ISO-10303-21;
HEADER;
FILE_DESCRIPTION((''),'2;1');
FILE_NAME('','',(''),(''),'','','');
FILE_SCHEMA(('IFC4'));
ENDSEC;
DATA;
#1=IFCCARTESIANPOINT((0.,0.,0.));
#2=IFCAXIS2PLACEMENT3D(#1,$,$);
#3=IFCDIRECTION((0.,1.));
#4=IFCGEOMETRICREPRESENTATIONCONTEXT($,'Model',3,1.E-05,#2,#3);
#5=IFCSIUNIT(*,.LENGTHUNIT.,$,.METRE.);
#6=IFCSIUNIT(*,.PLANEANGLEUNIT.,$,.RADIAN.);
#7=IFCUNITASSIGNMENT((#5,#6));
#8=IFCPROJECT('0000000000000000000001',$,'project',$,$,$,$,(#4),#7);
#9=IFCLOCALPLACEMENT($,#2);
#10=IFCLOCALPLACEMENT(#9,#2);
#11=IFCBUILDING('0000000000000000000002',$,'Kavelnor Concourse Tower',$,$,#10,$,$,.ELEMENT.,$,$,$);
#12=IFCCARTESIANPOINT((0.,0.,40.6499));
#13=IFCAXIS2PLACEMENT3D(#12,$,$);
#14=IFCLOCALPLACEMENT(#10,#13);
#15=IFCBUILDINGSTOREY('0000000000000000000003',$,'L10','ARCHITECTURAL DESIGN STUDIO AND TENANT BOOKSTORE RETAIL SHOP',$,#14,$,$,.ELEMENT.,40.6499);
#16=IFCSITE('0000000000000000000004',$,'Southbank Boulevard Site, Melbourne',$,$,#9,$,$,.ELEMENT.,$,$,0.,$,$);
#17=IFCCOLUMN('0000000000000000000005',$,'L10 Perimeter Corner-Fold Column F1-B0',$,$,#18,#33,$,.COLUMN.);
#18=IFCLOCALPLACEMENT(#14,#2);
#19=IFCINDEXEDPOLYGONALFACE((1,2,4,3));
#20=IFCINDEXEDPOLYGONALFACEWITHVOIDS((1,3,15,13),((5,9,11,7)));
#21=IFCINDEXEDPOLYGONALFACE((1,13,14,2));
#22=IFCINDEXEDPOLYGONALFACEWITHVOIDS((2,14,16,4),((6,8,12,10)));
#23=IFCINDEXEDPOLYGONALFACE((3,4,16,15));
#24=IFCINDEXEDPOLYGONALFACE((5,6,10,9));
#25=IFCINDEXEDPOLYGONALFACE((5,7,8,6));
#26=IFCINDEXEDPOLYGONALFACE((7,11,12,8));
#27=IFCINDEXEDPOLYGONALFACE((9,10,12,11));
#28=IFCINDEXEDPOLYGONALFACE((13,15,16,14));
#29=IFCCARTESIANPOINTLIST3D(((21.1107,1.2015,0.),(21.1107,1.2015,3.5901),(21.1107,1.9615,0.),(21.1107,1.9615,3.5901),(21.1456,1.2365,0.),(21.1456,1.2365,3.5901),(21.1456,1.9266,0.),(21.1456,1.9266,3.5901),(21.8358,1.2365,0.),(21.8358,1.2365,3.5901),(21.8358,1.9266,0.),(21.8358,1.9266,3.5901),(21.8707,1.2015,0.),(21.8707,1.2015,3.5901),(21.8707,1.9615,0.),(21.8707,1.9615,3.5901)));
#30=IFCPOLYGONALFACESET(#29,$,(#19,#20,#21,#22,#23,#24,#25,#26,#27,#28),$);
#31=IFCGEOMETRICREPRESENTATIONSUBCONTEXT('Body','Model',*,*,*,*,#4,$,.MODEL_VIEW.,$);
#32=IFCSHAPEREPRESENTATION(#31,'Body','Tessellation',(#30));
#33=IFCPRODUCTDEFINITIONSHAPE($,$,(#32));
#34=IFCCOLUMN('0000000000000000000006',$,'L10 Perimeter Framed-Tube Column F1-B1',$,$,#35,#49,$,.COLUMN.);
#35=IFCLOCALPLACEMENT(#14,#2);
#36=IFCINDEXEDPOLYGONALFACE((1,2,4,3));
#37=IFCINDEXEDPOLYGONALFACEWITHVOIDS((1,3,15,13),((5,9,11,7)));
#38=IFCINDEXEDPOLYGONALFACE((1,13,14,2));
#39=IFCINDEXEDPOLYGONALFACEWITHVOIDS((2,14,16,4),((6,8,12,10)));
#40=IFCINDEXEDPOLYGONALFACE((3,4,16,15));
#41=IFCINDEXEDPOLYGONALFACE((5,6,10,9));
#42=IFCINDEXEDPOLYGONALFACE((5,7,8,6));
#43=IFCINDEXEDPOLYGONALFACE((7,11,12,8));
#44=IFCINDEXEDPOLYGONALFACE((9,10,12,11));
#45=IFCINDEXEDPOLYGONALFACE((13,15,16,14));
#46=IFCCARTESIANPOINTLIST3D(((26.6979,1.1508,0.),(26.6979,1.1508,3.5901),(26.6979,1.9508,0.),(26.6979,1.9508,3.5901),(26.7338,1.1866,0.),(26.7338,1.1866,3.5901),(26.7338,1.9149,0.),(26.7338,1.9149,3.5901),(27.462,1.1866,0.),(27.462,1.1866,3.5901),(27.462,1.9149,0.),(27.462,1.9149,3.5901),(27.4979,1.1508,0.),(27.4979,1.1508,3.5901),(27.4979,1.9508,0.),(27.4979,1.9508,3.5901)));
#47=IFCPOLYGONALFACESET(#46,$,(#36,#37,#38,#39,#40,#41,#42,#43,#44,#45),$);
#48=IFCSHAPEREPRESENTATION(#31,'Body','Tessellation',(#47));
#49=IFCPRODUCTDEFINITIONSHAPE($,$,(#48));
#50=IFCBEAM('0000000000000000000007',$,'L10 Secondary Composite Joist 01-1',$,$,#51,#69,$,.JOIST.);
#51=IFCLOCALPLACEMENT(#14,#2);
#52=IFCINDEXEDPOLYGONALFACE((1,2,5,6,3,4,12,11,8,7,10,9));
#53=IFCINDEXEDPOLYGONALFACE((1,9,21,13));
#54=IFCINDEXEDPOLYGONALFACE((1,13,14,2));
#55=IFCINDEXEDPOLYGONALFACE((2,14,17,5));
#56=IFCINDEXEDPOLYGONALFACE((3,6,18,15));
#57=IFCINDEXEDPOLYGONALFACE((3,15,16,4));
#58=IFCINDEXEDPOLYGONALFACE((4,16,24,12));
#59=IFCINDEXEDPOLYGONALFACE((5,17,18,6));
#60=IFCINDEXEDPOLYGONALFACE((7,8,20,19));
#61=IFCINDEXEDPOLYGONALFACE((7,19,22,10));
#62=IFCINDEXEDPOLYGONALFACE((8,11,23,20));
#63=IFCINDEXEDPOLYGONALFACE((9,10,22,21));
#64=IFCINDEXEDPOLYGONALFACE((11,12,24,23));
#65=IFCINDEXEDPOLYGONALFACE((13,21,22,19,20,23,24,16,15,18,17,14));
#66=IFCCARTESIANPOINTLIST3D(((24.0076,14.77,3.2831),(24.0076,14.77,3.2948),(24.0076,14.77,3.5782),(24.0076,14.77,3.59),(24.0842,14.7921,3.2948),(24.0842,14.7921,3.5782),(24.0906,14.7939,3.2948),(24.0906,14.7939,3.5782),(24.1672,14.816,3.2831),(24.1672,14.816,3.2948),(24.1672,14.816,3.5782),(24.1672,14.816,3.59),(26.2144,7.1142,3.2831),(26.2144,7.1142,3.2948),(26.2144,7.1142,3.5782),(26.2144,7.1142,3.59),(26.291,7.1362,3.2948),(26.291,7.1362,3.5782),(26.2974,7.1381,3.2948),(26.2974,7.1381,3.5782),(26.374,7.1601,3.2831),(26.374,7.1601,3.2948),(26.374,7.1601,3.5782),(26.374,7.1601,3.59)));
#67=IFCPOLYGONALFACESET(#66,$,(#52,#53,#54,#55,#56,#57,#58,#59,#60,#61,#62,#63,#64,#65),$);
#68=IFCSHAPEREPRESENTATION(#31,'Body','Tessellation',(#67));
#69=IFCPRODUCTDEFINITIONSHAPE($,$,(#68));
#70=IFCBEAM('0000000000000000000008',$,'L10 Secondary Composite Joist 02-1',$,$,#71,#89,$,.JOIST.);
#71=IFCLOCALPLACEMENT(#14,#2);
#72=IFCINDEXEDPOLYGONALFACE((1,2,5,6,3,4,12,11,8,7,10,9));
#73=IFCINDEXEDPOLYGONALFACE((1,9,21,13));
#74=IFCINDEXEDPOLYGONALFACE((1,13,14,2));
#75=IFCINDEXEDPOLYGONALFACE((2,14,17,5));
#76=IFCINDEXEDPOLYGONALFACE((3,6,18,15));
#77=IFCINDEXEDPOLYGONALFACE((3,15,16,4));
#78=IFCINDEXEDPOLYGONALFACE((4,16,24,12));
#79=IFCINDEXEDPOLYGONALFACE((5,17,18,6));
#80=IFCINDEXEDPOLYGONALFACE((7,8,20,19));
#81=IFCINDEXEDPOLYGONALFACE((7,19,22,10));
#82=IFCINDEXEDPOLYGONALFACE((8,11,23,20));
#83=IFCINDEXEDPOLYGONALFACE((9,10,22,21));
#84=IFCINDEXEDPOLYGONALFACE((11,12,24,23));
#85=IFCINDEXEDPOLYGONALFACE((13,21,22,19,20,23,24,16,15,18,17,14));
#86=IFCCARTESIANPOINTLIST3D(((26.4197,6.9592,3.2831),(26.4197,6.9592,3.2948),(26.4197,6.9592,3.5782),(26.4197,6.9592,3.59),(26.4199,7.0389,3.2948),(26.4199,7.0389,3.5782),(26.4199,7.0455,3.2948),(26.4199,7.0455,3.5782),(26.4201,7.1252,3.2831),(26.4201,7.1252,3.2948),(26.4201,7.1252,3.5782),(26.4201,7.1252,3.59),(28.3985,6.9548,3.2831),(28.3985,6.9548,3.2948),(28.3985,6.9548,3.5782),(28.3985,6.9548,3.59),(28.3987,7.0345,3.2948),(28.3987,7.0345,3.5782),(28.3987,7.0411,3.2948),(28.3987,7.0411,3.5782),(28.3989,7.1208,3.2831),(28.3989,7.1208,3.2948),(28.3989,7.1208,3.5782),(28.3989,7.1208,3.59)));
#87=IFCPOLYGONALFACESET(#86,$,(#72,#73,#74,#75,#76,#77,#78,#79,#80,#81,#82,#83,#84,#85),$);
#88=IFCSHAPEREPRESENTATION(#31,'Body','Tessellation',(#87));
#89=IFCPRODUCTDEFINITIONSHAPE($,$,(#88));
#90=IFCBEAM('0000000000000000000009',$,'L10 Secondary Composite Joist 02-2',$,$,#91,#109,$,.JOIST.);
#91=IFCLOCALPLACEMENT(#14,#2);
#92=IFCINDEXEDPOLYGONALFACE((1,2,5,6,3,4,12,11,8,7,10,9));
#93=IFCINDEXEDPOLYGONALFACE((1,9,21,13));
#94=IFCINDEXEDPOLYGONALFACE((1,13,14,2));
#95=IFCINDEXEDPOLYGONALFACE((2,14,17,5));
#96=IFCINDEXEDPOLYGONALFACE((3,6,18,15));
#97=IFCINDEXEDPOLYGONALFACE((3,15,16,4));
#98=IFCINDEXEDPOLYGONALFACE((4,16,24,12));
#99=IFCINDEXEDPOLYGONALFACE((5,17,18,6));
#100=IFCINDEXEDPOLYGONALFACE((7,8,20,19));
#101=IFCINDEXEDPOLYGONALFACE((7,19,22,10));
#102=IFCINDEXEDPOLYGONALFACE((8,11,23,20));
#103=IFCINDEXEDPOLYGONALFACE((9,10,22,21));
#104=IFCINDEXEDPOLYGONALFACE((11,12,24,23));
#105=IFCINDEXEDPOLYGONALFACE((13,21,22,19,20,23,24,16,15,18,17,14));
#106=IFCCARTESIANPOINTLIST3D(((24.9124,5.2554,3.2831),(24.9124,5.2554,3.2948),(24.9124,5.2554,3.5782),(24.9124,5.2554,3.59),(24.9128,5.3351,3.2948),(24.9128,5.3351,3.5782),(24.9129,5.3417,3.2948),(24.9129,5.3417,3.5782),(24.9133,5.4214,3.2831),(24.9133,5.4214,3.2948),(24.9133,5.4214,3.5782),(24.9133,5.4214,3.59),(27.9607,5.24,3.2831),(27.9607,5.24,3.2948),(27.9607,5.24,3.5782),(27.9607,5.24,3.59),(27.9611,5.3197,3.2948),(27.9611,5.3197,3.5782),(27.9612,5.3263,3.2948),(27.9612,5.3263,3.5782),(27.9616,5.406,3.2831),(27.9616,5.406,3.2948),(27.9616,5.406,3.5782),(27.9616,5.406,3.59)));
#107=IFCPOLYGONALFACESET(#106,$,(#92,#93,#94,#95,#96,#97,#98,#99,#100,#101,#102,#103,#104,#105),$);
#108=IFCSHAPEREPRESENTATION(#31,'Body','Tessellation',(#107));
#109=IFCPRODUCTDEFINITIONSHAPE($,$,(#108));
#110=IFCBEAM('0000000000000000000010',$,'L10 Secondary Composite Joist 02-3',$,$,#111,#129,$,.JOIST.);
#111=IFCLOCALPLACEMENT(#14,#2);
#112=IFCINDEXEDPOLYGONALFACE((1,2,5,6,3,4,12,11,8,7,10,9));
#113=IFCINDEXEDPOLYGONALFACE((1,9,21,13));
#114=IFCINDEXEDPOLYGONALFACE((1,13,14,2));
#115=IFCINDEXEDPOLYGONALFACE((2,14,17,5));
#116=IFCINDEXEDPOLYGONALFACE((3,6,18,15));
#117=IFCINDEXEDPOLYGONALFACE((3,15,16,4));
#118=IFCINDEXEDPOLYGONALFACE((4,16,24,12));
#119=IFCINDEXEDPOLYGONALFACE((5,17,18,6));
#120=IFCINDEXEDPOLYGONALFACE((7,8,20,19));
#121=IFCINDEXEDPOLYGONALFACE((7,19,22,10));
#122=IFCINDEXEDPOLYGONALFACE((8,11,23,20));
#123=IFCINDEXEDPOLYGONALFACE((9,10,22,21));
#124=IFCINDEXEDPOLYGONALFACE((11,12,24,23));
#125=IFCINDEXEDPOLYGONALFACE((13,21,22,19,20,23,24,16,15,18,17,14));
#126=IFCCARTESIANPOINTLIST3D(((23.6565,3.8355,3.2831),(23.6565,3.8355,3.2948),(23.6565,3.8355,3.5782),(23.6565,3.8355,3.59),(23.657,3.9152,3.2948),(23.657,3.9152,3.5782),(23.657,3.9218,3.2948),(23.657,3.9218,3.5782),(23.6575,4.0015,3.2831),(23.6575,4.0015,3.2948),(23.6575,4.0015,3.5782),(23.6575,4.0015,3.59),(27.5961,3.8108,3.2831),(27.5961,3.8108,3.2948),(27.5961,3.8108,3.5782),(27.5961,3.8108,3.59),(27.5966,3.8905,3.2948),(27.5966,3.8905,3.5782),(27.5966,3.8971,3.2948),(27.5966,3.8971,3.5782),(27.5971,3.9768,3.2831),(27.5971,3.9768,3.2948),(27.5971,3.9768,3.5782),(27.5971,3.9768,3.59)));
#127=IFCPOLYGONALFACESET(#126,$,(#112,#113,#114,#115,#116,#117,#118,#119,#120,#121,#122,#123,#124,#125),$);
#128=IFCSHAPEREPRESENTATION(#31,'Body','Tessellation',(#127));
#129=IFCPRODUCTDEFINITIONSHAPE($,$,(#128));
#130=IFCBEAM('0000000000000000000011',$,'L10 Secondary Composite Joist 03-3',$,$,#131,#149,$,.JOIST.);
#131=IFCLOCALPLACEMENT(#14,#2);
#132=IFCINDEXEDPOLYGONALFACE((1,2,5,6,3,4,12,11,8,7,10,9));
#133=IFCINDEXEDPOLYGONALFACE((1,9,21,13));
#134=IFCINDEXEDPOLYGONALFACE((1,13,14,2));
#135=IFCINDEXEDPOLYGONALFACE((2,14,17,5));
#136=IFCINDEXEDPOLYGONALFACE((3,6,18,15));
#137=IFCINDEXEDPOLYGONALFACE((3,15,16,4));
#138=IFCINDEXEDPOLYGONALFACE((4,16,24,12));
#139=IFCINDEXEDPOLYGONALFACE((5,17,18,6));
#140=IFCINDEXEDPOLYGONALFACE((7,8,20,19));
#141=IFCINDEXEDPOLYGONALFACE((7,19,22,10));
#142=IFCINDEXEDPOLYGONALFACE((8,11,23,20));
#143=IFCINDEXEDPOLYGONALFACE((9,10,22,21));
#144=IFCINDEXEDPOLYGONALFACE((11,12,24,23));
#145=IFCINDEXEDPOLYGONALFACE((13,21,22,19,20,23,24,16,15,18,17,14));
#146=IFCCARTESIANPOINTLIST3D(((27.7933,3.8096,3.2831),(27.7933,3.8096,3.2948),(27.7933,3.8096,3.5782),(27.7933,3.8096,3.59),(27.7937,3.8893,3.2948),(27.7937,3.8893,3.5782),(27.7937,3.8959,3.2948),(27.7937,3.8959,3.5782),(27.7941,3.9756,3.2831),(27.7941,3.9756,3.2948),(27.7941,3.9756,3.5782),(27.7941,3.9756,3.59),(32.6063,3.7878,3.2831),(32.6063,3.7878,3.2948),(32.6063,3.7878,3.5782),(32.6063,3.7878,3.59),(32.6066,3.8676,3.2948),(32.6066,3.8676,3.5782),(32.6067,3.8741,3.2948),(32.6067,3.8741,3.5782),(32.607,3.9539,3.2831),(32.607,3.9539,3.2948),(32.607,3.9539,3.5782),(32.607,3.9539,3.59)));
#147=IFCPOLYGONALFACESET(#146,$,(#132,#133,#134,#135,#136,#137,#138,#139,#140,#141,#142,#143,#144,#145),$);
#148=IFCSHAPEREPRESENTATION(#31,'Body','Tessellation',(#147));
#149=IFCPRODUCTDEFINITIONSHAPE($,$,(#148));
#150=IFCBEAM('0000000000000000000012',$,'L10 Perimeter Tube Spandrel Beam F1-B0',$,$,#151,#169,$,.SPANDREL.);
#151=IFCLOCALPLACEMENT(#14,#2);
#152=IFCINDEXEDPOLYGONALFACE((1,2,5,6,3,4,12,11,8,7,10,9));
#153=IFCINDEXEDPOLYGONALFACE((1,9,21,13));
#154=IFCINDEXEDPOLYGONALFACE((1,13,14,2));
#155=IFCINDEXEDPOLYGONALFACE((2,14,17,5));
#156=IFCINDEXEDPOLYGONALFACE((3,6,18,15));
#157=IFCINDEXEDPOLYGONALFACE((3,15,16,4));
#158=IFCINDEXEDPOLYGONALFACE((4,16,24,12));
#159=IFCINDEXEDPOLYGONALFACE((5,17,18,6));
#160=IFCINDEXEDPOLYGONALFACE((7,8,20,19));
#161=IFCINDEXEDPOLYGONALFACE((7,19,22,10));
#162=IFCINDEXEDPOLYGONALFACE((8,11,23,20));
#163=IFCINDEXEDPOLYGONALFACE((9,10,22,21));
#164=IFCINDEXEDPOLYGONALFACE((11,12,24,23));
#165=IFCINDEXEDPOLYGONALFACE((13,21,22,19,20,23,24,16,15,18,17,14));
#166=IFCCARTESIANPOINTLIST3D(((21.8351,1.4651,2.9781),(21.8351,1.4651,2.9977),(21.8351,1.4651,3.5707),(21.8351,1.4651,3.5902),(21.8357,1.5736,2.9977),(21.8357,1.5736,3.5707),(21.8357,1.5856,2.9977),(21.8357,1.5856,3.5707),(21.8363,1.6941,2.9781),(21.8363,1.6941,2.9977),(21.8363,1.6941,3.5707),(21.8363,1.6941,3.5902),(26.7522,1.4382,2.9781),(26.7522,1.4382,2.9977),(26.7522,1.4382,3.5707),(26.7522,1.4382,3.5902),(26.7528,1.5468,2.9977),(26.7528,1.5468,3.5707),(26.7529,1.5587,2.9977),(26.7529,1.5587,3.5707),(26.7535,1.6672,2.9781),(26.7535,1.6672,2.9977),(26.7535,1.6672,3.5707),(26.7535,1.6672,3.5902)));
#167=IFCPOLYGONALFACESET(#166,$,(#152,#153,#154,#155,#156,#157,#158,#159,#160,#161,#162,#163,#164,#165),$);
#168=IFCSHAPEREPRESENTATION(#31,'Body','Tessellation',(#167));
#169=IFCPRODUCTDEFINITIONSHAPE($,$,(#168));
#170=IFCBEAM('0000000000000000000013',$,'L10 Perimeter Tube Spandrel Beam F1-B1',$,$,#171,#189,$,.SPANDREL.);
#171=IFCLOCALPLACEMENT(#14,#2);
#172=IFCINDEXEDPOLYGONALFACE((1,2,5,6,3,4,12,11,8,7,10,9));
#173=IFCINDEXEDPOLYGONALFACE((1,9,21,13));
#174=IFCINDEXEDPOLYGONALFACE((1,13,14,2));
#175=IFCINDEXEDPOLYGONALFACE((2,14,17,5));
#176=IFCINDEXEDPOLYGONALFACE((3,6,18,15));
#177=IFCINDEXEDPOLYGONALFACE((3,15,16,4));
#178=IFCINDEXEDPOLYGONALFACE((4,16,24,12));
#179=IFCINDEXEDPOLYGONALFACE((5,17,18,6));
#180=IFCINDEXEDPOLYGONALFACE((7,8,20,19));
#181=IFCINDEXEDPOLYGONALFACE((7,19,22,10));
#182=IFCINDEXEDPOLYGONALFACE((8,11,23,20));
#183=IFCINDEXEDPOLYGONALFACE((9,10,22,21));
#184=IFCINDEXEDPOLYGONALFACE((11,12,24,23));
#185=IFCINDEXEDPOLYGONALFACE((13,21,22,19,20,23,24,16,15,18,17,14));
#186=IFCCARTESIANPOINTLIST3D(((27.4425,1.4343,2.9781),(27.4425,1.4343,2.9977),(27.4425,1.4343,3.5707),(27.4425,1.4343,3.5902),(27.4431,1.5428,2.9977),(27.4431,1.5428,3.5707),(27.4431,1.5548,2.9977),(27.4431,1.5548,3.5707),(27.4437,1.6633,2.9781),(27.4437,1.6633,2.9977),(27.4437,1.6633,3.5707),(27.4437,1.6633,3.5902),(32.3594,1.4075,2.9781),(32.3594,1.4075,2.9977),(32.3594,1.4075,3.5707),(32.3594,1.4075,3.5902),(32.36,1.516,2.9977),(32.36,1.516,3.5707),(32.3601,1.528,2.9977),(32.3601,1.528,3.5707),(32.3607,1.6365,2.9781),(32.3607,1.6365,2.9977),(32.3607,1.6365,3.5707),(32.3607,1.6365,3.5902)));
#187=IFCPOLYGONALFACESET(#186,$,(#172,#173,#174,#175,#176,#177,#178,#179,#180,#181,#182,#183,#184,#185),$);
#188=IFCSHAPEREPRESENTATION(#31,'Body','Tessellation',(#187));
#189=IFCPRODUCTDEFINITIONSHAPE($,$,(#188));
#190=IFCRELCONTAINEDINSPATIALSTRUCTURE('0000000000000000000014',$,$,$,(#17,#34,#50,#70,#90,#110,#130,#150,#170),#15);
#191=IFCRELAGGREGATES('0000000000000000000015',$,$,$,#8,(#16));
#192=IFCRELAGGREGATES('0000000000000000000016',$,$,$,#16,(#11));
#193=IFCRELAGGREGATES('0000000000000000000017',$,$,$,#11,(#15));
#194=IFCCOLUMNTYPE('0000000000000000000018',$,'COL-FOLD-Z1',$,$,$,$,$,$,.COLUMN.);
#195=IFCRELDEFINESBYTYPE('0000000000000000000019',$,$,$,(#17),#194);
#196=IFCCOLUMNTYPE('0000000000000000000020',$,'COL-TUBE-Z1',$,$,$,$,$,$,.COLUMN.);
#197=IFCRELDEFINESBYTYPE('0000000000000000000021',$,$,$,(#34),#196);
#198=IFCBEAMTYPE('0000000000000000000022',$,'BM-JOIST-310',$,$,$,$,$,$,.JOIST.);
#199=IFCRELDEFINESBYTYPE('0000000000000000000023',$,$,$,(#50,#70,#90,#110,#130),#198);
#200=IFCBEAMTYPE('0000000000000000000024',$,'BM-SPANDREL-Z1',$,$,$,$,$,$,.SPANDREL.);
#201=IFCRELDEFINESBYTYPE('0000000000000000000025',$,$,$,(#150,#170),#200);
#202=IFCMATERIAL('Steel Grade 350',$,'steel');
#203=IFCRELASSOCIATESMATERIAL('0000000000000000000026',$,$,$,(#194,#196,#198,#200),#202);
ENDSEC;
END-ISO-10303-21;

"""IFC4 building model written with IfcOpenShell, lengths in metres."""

from ifc_helpers import new_model, si_unit, direction, frame, origin, origin_2d, place, context, subcontext, project, spatial, hollow_rectangle, i_section, extrude, material, material_profile, profile_set, type_object, element, save


model = new_model("IFC4")

# Units and contexts
model_context = context("Model", 3, precision=1e-05, world=origin(), true_north=direction((0.0, 1.0)))
body_context = subcontext(model_context, "Body", "Model", "MODEL_VIEW")
ifc_project = project(units=[si_unit("LENGTHUNIT", "METRE"), si_unit("PLANEANGLEUNIT", "RADIAN")], contexts=[model_context])

# Site, building, storey
site_placement = place(None, origin())
site = spatial("IfcSite", under=ifc_project, at=site_placement, Name="Southbank Boulevard Site, Melbourne", CompositionType="ELEMENT", RefElevation=0.0)
building_placement = place(site_placement, origin())
building = spatial("IfcBuilding", under=site, at=building_placement, Name="Kavelnor Concourse Tower", CompositionType="ELEMENT")
storey_placement = place(building_placement, frame((0.0, 0.0, 40.6499)))
storey = spatial("IfcBuildingStorey", under=building, at=storey_placement, Name="L10", Description="ARCHITECTURAL DESIGN STUDIO AND TENANT BOOKSTORE RETAIL SHOP", CompositionType="ELEMENT", Elevation=40.6499)

# Columns
ifc_material_1 = material(Name="Steel Grade 350", Category="steel")
ifc_material_profile_1 = material_profile(ifc_material_1, hollow_rectangle(XDim=0.76, YDim=0.76, WallThickness=0.0349, at=origin_2d()), Name="SHS 760x760x35")
ifc_profile_set_1 = profile_set([ifc_material_profile_1], Name="Steel Grade 350")
column_type_1 = type_object("IfcColumnType", Name="COL-FOLD-Z1", PredefinedType="COLUMN", material=ifc_profile_set_1)
column_1_placement = place(storey_placement, frame((21.4907, 1.5815, 0.0), z_axis=(0.0, 0.0, 1.0), x_axis=(1.0, 0.0, 0.0)))
element("IfcColumn", 1, at=column_1_placement, inside=storey, type_object=column_type_1, Name="L10 Perimeter Corner-Fold Column F1-B0", PredefinedType="COLUMN", context=body_context, shape_type="SweptSolid", body=[
    extrude(hollow_rectangle(XDim=0.76, YDim=0.76, WallThickness=0.0349, at=origin_2d()), origin(), (0.0, 0.0, 1.0), 3.5901),
])
ifc_material_profile_2 = material_profile(ifc_material_1, hollow_rectangle(XDim=0.8, YDim=0.8, WallThickness=0.0359, at=origin_2d()), Name="SHS 800x800x36")
ifc_profile_set_2 = profile_set([ifc_material_profile_2], Name="Steel Grade 350")
column_type_2 = type_object("IfcColumnType", Name="COL-TUBE-Z1", PredefinedType="COLUMN", material=ifc_profile_set_2)
column_2_placement = place(storey_placement, frame((27.0979, 1.5508, 0.0), z_axis=(0.0, 0.0, 1.0), x_axis=(1.0, 0.0, 0.0)))
element("IfcColumn", 2, at=column_2_placement, inside=storey, type_object=column_type_2, Name="L10 Perimeter Framed-Tube Column F1-B1", PredefinedType="COLUMN", context=body_context, shape_type="SweptSolid", body=[
    extrude(hollow_rectangle(XDim=0.8, YDim=0.8, WallThickness=0.0359, at=origin_2d()), origin(), (0.0, 0.0, 1.0), 3.5901),
])

# Beams
ifc_material_profile_3 = material_profile(ifc_material_1, i_section(OverallWidth=0.166, OverallDepth=0.3069, WebThickness=0.0066, FlangeThickness=0.0117, at=origin_2d()), Name="310UB46")
ifc_profile_set_3 = profile_set([ifc_material_profile_3], Name="Steel Grade 350")
beam_type_1 = type_object("IfcBeamType", Name="BM-JOIST-310", PredefinedType="JOIST", material=ifc_profile_set_3)
beam_1_placement = place(storey_placement, frame((24.0874, 14.793, 3.4365), z_axis=(0.276975, -0.960877, 0.0), x_axis=(0.960877, 0.276975, 0.0)))
element("IfcBeam", 3, at=beam_1_placement, inside=storey, type_object=beam_type_1, Name="L10 Secondary Composite Joist 01-1", PredefinedType="JOIST", context=body_context, shape_type="SweptSolid", body=[
    extrude(i_section(OverallWidth=0.166, OverallDepth=0.3069, WebThickness=0.0066, FlangeThickness=0.0117, at=origin_2d()), origin(), (0.0, 0.0, 1.0), 7.9675),
])
beam_2_placement = place(storey_placement, frame((26.4199, 7.0422, 3.4365), z_axis=(0.999998, -0.002221, 0.0), x_axis=(0.002221, 0.999998, 0.0)))
element("IfcBeam", 4, at=beam_2_placement, inside=storey, type_object=beam_type_1, Name="L10 Secondary Composite Joist 02-1", PredefinedType="JOIST", context=body_context, shape_type="SweptSolid", body=[
    extrude(i_section(OverallWidth=0.166, OverallDepth=0.3069, WebThickness=0.0066, FlangeThickness=0.0117, at=origin_2d()), origin(), (0.0, 0.0, 1.0), 1.9788),
])
beam_3_placement = place(storey_placement, frame((24.9128, 5.3384, 3.4365), z_axis=(0.999987, -0.005046, 0.0), x_axis=(0.005046, 0.999987, 0.0)))
element("IfcBeam", 5, at=beam_3_placement, inside=storey, type_object=beam_type_1, Name="L10 Secondary Composite Joist 02-2", PredefinedType="JOIST", context=body_context, shape_type="SweptSolid", body=[
    extrude(i_section(OverallWidth=0.166, OverallDepth=0.3069, WebThickness=0.0066, FlangeThickness=0.0117, at=origin_2d()), origin(), (0.0, 0.0, 1.0), 3.0483),
])
beam_4_placement = place(storey_placement, frame((23.657, 3.9185, 3.4365), z_axis=(0.99998, -0.006259, 0.0), x_axis=(0.006259, 0.99998, 0.0)))
element("IfcBeam", 6, at=beam_4_placement, inside=storey, type_object=beam_type_1, Name="L10 Secondary Composite Joist 02-3", PredefinedType="JOIST", context=body_context, shape_type="SweptSolid", body=[
    extrude(i_section(OverallWidth=0.166, OverallDepth=0.3069, WebThickness=0.0066, FlangeThickness=0.0117, at=origin_2d()), origin(), (0.0, 0.0, 1.0), 3.9397),
])
beam_5_placement = place(storey_placement, frame((27.7937, 3.8926, 3.4365), z_axis=(0.99999, -0.004515, 0.0), x_axis=(0.004515, 0.99999, 0.0)))
element("IfcBeam", 7, at=beam_5_placement, inside=storey, type_object=beam_type_1, Name="L10 Secondary Composite Joist 03-3", PredefinedType="JOIST", context=body_context, shape_type="SweptSolid", body=[
    extrude(i_section(OverallWidth=0.166, OverallDepth=0.3069, WebThickness=0.0066, FlangeThickness=0.0117, at=origin_2d()), origin(), (0.0, 0.0, 1.0), 4.813),
])
ifc_material_profile_4 = material_profile(ifc_material_1, i_section(OverallWidth=0.229, OverallDepth=0.6121, WebThickness=0.012, FlangeThickness=0.0195, at=origin_2d()), Name="610UB125")
ifc_profile_set_4 = profile_set([ifc_material_profile_4], Name="Steel Grade 350")
beam_type_2 = type_object("IfcBeamType", Name="BM-SPANDREL-Z1", PredefinedType="SPANDREL", material=ifc_profile_set_4)
beam_6_placement = place(storey_placement, frame((21.8357, 1.5796, 3.2842), z_axis=(0.999985, -0.005461, 0.0), x_axis=(0.005461, 0.999985, 0.0)))
element("IfcBeam", 8, at=beam_6_placement, inside=storey, type_object=beam_type_2, Name="L10 Perimeter Tube Spandrel Beam F1-B0", PredefinedType="SPANDREL", context=body_context, shape_type="SweptSolid", body=[
    extrude(i_section(OverallWidth=0.229, OverallDepth=0.6121, WebThickness=0.012, FlangeThickness=0.0195, at=origin_2d()), origin(), (0.0, 0.0, 1.0), 4.9172),
])
beam_7_placement = place(storey_placement, frame((27.4431, 1.5488, 3.2842), z_axis=(0.999985, -0.005462, 0.0), x_axis=(0.005462, 0.999985, 0.0)))
element("IfcBeam", 9, at=beam_7_placement, inside=storey, type_object=beam_type_2, Name="L10 Perimeter Tube Spandrel Beam F1-B1", PredefinedType="SPANDREL", context=body_context, shape_type="SweptSolid", body=[
    extrude(i_section(OverallWidth=0.229, OverallDepth=0.6121, WebThickness=0.012, FlangeThickness=0.0195, at=origin_2d()), origin(), (0.0, 0.0, 1.0), 4.917),
])

save(model, "model.ifc")
